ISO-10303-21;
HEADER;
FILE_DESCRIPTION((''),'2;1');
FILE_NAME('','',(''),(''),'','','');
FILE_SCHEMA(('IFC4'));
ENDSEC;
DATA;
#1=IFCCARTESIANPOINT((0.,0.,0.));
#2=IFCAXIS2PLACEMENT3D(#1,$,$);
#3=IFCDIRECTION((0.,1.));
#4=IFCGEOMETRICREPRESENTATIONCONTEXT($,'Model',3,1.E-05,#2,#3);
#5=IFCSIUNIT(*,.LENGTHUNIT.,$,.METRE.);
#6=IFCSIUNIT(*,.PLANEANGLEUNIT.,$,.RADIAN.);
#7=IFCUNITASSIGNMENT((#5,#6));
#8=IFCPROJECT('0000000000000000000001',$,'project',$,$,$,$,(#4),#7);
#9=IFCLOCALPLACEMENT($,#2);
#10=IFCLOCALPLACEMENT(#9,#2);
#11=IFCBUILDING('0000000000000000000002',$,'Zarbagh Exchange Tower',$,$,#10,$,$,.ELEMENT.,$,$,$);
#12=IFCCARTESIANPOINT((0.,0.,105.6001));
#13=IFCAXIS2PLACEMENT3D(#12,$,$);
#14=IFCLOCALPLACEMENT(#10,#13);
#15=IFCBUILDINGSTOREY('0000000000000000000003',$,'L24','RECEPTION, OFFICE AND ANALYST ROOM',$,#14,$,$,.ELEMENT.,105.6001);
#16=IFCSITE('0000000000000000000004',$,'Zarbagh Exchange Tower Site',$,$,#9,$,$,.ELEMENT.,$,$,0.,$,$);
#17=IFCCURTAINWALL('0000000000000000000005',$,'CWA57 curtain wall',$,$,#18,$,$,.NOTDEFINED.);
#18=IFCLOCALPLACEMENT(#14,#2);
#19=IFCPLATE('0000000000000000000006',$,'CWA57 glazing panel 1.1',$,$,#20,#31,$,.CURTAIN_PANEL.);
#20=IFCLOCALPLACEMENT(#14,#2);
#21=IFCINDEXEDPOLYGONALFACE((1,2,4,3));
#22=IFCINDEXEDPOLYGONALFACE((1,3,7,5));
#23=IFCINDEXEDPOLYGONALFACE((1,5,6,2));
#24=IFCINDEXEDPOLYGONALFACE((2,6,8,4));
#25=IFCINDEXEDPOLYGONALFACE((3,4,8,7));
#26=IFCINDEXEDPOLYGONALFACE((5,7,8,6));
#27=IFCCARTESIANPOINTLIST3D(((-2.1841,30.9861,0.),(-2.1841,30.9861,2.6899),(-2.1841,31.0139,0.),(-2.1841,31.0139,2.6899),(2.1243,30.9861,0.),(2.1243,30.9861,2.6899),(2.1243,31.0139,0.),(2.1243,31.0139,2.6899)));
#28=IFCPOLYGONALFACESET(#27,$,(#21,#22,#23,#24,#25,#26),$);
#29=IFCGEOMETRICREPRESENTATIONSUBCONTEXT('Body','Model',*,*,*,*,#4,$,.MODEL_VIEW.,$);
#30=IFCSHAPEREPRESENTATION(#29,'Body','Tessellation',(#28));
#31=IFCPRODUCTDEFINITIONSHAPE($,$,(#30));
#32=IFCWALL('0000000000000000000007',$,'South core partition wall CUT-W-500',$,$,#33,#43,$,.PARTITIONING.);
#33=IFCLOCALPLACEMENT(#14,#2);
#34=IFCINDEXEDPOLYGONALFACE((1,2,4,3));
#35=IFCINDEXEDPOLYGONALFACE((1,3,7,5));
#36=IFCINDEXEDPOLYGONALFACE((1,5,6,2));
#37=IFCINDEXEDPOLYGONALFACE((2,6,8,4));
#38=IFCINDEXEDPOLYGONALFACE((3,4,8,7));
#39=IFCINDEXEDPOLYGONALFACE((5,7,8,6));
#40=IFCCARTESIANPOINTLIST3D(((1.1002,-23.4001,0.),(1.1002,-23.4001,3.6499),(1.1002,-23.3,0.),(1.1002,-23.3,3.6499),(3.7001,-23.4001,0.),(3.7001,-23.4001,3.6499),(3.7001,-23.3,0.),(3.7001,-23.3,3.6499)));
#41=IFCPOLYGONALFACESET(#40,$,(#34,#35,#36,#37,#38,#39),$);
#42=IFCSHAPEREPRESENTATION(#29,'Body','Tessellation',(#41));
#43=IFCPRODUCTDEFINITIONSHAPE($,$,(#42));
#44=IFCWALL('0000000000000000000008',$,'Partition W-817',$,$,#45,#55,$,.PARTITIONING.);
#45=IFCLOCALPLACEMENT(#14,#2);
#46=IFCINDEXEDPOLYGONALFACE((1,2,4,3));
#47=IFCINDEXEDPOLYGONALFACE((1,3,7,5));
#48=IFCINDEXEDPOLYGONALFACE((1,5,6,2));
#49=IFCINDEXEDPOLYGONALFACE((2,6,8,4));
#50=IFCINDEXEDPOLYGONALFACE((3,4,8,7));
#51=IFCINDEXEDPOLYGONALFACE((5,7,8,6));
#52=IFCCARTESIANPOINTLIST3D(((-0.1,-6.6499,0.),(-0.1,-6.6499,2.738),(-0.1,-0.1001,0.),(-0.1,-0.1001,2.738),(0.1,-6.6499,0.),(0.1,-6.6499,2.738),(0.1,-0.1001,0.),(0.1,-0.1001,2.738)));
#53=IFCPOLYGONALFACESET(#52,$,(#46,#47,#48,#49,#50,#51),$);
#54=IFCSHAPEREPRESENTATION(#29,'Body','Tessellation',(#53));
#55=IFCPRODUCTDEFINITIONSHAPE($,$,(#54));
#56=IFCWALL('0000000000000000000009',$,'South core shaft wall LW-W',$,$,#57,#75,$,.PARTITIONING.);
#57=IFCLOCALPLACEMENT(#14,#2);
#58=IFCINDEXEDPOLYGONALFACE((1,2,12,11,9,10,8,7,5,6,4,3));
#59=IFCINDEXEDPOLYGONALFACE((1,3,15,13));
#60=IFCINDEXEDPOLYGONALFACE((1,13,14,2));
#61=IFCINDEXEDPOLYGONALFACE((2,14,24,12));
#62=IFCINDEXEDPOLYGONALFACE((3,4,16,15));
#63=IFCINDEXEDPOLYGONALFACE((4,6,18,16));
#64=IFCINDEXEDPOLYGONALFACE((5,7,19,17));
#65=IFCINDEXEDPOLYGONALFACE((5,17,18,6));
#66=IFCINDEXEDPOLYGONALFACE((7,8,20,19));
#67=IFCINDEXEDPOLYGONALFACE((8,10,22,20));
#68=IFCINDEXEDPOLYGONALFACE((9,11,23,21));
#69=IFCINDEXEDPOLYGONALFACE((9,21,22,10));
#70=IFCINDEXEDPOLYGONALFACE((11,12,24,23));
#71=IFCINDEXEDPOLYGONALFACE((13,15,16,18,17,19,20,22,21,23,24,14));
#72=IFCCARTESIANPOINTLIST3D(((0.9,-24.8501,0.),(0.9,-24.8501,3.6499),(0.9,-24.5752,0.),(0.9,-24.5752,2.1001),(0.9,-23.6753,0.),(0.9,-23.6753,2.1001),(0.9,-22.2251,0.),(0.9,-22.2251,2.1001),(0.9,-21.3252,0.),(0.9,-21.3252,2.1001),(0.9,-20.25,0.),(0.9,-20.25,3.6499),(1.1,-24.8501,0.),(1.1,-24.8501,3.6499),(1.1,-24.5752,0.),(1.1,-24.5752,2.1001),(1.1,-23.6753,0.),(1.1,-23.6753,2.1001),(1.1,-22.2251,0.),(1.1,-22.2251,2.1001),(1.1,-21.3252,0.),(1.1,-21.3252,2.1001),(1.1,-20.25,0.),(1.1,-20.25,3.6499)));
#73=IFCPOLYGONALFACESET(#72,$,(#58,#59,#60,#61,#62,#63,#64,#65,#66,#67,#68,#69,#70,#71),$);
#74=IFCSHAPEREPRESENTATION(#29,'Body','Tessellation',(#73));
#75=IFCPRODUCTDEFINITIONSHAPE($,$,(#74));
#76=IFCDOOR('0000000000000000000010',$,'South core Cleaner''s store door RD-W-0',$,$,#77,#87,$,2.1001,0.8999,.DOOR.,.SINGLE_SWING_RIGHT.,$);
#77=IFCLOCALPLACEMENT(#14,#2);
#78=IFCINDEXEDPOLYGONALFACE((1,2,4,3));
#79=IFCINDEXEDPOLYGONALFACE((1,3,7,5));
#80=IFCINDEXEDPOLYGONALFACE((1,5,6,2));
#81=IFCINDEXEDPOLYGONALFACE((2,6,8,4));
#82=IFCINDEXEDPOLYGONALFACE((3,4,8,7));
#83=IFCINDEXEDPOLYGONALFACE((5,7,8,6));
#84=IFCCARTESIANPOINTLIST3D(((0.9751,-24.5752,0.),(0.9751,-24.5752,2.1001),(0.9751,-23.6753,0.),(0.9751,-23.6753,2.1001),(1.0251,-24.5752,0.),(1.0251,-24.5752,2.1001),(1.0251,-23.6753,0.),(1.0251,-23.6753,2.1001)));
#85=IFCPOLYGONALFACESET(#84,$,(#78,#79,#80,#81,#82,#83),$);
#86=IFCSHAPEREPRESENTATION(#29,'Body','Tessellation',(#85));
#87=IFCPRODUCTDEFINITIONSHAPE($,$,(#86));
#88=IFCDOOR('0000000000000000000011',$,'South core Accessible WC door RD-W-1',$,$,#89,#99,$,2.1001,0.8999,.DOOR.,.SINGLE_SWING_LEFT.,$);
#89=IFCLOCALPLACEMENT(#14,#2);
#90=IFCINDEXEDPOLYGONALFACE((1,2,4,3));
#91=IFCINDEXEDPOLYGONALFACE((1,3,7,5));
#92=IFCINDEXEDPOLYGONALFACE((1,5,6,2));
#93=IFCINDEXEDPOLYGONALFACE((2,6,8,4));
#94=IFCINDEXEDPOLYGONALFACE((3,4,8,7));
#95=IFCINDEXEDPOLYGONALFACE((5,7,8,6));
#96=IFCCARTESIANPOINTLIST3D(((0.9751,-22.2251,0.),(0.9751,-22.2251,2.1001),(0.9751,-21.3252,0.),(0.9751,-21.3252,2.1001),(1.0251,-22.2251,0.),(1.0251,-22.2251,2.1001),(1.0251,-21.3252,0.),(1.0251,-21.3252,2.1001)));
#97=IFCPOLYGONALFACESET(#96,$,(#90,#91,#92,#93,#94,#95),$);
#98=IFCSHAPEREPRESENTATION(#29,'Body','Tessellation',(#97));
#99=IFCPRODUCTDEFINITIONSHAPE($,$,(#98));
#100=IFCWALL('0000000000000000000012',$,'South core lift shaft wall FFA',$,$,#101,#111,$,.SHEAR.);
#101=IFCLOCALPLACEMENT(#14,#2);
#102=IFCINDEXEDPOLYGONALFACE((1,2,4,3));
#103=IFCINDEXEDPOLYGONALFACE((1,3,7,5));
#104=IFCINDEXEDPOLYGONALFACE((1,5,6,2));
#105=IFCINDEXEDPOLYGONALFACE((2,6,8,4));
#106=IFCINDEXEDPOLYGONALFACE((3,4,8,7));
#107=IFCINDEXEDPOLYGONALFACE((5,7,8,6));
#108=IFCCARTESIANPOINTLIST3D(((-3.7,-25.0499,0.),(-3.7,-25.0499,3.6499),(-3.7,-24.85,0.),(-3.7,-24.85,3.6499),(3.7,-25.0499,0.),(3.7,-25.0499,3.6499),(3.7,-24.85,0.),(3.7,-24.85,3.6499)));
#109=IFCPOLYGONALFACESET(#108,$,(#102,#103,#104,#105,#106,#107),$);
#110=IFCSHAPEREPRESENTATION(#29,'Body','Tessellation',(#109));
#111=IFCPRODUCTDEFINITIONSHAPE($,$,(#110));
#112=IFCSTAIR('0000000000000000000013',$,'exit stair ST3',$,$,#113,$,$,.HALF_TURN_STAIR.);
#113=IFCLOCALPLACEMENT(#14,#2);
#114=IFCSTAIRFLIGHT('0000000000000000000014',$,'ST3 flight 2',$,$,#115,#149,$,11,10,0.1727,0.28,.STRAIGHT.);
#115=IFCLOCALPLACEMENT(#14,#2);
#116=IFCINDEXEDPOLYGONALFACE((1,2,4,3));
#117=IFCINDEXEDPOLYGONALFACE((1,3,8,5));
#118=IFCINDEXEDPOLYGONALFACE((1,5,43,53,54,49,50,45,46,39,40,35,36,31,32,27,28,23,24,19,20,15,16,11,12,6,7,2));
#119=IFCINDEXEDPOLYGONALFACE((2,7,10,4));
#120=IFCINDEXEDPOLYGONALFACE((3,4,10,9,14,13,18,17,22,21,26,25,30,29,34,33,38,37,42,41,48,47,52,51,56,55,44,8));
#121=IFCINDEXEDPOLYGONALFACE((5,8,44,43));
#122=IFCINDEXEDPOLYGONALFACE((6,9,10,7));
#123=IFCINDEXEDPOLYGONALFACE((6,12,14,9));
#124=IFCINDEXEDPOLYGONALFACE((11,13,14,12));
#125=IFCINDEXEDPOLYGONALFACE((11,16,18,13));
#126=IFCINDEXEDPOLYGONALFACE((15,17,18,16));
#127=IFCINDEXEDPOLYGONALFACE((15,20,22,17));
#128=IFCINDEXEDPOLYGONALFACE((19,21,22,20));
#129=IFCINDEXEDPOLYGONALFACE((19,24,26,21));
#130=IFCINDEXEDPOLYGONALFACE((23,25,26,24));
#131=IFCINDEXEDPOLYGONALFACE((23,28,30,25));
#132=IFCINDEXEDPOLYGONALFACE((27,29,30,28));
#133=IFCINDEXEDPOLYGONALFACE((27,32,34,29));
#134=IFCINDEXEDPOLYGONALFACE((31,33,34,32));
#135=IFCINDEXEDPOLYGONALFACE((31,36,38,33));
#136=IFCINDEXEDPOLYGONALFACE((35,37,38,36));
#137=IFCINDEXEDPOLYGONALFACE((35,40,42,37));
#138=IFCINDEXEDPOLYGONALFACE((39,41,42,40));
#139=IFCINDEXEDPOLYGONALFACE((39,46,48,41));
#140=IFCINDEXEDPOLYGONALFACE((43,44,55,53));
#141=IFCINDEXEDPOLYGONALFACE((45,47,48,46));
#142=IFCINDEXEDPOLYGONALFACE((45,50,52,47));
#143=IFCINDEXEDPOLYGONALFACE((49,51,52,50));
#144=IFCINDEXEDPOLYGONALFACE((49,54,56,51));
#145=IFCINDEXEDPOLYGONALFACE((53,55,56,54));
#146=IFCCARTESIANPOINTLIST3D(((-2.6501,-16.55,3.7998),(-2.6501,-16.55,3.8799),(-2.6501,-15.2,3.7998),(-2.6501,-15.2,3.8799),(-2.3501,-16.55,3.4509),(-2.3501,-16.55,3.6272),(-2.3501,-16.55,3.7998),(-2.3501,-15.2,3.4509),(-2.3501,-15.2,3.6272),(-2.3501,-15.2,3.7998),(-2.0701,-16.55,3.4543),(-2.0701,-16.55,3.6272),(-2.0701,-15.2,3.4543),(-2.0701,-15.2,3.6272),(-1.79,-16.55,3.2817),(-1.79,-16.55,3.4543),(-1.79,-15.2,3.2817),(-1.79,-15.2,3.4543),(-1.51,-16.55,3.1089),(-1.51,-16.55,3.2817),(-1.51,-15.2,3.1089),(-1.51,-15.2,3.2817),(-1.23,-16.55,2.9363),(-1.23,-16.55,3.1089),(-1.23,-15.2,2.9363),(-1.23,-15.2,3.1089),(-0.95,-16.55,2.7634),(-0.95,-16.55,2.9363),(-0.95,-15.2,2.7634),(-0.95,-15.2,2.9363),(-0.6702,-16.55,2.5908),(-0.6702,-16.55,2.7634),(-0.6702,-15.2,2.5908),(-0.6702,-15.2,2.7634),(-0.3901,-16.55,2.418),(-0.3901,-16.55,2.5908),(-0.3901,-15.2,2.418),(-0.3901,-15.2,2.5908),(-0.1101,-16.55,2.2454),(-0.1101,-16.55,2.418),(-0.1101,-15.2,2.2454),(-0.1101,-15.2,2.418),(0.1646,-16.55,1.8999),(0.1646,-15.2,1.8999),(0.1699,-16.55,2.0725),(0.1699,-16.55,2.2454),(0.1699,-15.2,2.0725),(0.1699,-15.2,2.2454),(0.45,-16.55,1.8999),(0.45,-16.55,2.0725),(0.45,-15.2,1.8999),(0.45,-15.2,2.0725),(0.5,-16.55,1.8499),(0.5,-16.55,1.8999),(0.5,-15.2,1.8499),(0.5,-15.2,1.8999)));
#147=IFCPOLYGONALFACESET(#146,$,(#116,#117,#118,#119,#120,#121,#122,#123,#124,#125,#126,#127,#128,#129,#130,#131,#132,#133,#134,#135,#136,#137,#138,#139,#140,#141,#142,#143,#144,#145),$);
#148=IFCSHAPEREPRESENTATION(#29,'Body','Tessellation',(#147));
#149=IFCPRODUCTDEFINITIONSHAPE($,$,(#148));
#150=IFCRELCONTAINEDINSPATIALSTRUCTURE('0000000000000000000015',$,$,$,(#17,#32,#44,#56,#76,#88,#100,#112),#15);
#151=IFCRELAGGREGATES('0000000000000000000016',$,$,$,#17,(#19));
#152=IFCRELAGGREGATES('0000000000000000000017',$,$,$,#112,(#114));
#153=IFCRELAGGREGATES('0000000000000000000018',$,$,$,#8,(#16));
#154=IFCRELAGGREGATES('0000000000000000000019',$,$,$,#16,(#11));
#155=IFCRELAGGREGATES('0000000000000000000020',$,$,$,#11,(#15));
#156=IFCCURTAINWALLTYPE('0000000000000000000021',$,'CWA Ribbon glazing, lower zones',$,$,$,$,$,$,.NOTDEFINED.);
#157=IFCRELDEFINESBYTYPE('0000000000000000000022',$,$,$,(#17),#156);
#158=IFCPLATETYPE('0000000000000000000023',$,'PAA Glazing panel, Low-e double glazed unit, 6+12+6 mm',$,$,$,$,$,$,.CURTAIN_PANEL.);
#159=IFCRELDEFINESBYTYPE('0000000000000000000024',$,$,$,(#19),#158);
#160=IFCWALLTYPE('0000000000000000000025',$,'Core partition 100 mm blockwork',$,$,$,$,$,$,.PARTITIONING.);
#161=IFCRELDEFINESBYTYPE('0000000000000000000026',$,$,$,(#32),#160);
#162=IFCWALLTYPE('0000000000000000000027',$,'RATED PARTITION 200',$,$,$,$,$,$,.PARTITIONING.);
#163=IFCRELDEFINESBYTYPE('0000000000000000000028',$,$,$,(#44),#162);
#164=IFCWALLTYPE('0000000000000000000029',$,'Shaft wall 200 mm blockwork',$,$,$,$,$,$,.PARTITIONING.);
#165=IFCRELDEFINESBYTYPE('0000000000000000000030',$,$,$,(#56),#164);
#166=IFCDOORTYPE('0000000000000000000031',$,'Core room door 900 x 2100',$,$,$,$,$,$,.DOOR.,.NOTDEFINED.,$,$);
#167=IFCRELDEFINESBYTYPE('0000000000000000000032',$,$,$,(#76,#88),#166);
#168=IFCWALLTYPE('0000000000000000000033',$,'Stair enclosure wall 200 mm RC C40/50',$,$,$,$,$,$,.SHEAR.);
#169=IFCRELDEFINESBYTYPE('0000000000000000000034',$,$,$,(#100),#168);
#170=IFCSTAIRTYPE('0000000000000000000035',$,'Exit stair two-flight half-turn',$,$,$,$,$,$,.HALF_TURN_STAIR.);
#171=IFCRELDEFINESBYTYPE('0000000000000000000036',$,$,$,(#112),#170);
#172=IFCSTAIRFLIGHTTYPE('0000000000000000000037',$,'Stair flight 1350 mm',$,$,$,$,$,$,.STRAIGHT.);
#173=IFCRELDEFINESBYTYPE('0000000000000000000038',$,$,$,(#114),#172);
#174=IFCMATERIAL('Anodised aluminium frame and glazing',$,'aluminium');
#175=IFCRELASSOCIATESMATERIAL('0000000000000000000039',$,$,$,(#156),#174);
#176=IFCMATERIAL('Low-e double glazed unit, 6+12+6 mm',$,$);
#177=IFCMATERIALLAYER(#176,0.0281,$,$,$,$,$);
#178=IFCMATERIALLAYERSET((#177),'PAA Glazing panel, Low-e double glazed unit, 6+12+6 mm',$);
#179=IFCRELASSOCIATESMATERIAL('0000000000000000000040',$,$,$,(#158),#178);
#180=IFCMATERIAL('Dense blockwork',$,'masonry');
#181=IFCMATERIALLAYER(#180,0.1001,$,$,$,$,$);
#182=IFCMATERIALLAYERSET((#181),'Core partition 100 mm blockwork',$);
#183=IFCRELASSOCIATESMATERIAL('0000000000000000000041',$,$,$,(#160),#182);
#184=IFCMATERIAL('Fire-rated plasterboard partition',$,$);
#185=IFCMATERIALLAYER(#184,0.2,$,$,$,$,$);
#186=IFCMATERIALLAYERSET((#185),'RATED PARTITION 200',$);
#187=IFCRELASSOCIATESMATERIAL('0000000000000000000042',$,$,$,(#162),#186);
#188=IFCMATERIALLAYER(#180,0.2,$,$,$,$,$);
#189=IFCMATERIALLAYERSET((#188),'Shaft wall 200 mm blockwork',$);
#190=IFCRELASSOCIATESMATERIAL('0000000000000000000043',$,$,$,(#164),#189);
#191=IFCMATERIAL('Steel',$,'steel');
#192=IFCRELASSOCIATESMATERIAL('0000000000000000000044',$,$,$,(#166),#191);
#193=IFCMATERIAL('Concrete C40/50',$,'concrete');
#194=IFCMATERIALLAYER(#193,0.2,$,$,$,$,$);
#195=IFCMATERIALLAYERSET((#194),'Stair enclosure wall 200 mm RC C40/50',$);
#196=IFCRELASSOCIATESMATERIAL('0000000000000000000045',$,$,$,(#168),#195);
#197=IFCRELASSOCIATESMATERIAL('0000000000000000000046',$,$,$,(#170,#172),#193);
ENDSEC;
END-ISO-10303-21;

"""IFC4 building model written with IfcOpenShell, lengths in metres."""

from ifc_helpers import new_model, si_unit, direction, frame, frame_2d, origin, place, context, subcontext, project, spatial, polyline, rectangle, outline, extrude, source, transform, mapped, material, layer, layer_set, type_object, element, fill, aggregate, save


model = new_model("IFC4")

# Units and contexts
model_context = context("Model", 3, precision=1e-05, world=origin(), true_north=direction((0.0, 1.0)))
body_context = subcontext(model_context, "Body", "Model", "MODEL_VIEW")
ifc_project = project(units=[si_unit("LENGTHUNIT", "METRE"), si_unit("PLANEANGLEUNIT", "RADIAN")], contexts=[model_context])

# Site, building, storey
site_placement = place(None, origin())
site = spatial("IfcSite", under=ifc_project, at=site_placement, Name="Zarbagh Exchange Tower Site", CompositionType="ELEMENT", RefElevation=0.0)
building_placement = place(site_placement, origin())
building = spatial("IfcBuilding", under=site, at=building_placement, Name="Zarbagh Exchange Tower", CompositionType="ELEMENT")
storey_placement = place(building_placement, frame((0.0, 0.0, 105.6001)))
storey = spatial("IfcBuildingStorey", under=building, at=storey_placement, Name="L24", Description="RECEPTION, OFFICE AND ANALYST ROOM", CompositionType="ELEMENT", Elevation=105.6001)

# Curtain wall
ifc_material_1 = material(Name="Anodised aluminium frame and glazing", Category="aluminium")
curtain_wall_type = type_object("IfcCurtainWallType", Name="CWA Ribbon glazing, lower zones", PredefinedType="NOTDEFINED", material=ifc_material_1)
placement = place(storey_placement, origin())
curtain_wall_1_placement = place(storey_placement, origin())
curtain_wall_1 = element("IfcCurtainWall", 1, at=curtain_wall_1_placement, inside=storey, type_object=curtain_wall_type, Name="CWA57 curtain wall", PredefinedType="NOTDEFINED")

# Shared definitions
ifc_material_2 = material(Name="Low-e double glazed unit, 6+12+6 mm")
ifc_layer_1 = layer(ifc_material_2, 0.0281)
ifc_layer_set_1 = layer_set([ifc_layer_1], Name="PAA Glazing panel, Low-e double glazed unit, 6+12+6 mm")
plate_type = type_object("IfcPlateType", Name="PAA Glazing panel, Low-e double glazed unit, 6+12+6 mm", PredefinedType="CURTAIN_PANEL", material=ifc_layer_set_1)

# Plate
shared_shape_1 = source(origin(), body_context, "Body", "SweptSolid", [
    extrude(outline(polyline([(0.0, -0.0139), (4.3083, -0.0139), (4.3083, 0.0139), (0.0, 0.0139), (0.0, -0.0139)])), origin(), (0.0, 0.0, 1.0), 2.6899),
])
plate_1 = element("IfcPlate", 2, at=placement, type_object=plate_type, Name="CWA57 glazing panel 1.1", PredefinedType="CURTAIN_PANEL", context=body_context, shape_type="MappedRepresentation", body=[
    mapped(shared_shape_1, transform((2.1243, 31.0, 0.0), x_axis=(-1.0, 0.0, 0.0), y_axis=(0.0, -1.0, 0.0), z_axis=(0.0, 0.0, 1.0))),
])
aggregate(curtain_wall_1, [plate_1])

# Walls
ifc_material_3 = material(Name="Dense blockwork", Category="masonry")
ifc_layer_2 = layer(ifc_material_3, 0.1001)
ifc_layer_set_2 = layer_set([ifc_layer_2], Name="Core partition 100 mm blockwork")
wall_type_1 = type_object("IfcWallType", Name="Core partition 100 mm blockwork", PredefinedType="PARTITIONING", material=ifc_layer_set_2)
wall_1_placement = place(storey_placement, frame((3.7, -23.3501, 0.0), z_axis=(0.0, 0.0, 1.0), x_axis=(-1.0, 0.0, 0.0)))
element("IfcWall", 3, at=wall_1_placement, inside=storey, type_object=wall_type_1, Name="South core partition wall CUT-W-500", PredefinedType="PARTITIONING", context=body_context, shape_type="SweptSolid", body=[
    extrude(rectangle(XDim=2.5999, YDim=0.1001, at=frame_2d((1.2998, 0.0))), origin(), (0.0, 0.0, 1.0), 3.6499),
])
ifc_material_4 = material(Name="Fire-rated plasterboard partition")
ifc_layer_3 = layer(ifc_material_4, 0.2)
ifc_layer_set_3 = layer_set([ifc_layer_3], Name="RATED PARTITION 200")
wall_type_2 = type_object("IfcWallType", Name="RATED PARTITION 200", PredefinedType="PARTITIONING", material=ifc_layer_set_3)
wall_2_placement = place(storey_placement, frame((0.0, -6.6499, 0.0), z_axis=(0.0, 0.0, 1.0), x_axis=(0.0, 1.0, 0.0)))
element("IfcWall", 4, at=wall_2_placement, inside=storey, type_object=wall_type_2, Name="Partition W-817", PredefinedType="PARTITIONING", context=body_context, shape_type="SweptSolid", body=[
    extrude(rectangle(XDim=6.5498, YDim=0.2, at=frame_2d((3.2749, 0.0))), origin(), (0.0, 0.0, 1.0), 2.738),
])

# Wall, openings, doors
ifc_layer_4 = layer(ifc_material_3, 0.2)
ifc_layer_set_4 = layer_set([ifc_layer_4], Name="Shaft wall 200 mm blockwork")
wall_type_3 = type_object("IfcWallType", Name="Shaft wall 200 mm blockwork", PredefinedType="PARTITIONING", material=ifc_layer_set_4)
wall_3_placement = place(storey_placement, frame((1.0, -24.8501, 0.0), z_axis=(0.0, 0.0, 1.0), x_axis=(0.0, 1.0, 0.0)))
wall_3 = element("IfcWall", 5, at=wall_3_placement, inside=storey, type_object=wall_type_3, Name="South core shaft wall LW-W", PredefinedType="PARTITIONING", context=body_context, shape_type="SweptSolid", body=[
    extrude(rectangle(XDim=4.6001, YDim=0.2, at=frame_2d((2.3, 0.0))), origin(), (0.0, 0.0, 1.0), 3.6499),
])
opening_1_placement = place(wall_3_placement, frame((0.2749, 0.0, 0.0)))
opening_1 = element("IfcOpeningElement", 6, at=opening_1_placement, cuts=wall_3, PredefinedType="OPENING", context=body_context, shape_type="SweptSolid", body=[
    extrude(rectangle(XDim=0.8999, YDim=2.1001, at=frame_2d((0.45, 1.05))), frame((0.0, 0.1099, 0.0), z_axis=(0.0, -1.0, 0.0), x_axis=(1.0, 0.0, 0.0)), (0.0, 0.0, 1.0), 0.22),
])
opening_2_placement = place(wall_3_placement, frame((2.625, 0.0, 0.0)))
opening_2 = element("IfcOpeningElement", 7, at=opening_2_placement, cuts=wall_3, PredefinedType="OPENING", context=body_context, shape_type="SweptSolid", body=[
    extrude(rectangle(XDim=0.8999, YDim=2.1001, at=frame_2d((0.45, 1.05))), frame((0.0, 0.1099, 0.0), z_axis=(0.0, -1.0, 0.0), x_axis=(1.0, 0.0, 0.0)), (0.0, 0.0, 1.0), 0.22),
])
ifc_material_5 = material(Name="Steel", Category="steel")
door_type = type_object("IfcDoorType", Name="Core room door 900 x 2100", OperationType="NOTDEFINED", PredefinedType="DOOR", material=ifc_material_5)
door_1_placement = place(opening_1_placement, origin())
door_1 = element("IfcDoor", 8, at=door_1_placement, inside=storey, type_object=door_type, Name="South core Cleaner's store door RD-W-0", OperationType="SINGLE_SWING_RIGHT", OverallHeight=2.1001, OverallWidth=0.8999, PredefinedType="DOOR", context=body_context, shape_type="SweptSolid", body=[
    extrude(rectangle(XDim=0.8999, YDim=2.1001, at=frame_2d((0.45, 1.05))), frame((0.0, 0.0249, 0.0), z_axis=(0.0, -1.0, 0.0), x_axis=(1.0, 0.0, 0.0)), (0.0, 0.0, 1.0), 0.05),
])
fill(opening_1, door_1)
door_2_placement = place(opening_2_placement, origin())
door_2 = element("IfcDoor", 9, at=door_2_placement, inside=storey, type_object=door_type, Name="South core Accessible WC door RD-W-1", OperationType="SINGLE_SWING_LEFT", OverallHeight=2.1001, OverallWidth=0.8999, PredefinedType="DOOR", context=body_context, shape_type="SweptSolid", body=[
    extrude(rectangle(XDim=0.8999, YDim=2.1001, at=frame_2d((0.45, 1.05))), frame((0.0, 0.0249, 0.0), z_axis=(0.0, -1.0, 0.0), x_axis=(1.0, 0.0, 0.0)), (0.0, 0.0, 1.0), 0.05),
])
fill(opening_2, door_2)

# Wall
ifc_material_6 = material(Name="Concrete C40/50", Category="concrete")
ifc_layer_5 = layer(ifc_material_6, 0.2)
ifc_layer_set_5 = layer_set([ifc_layer_5], Name="Stair enclosure wall 200 mm RC C40/50")
wall_type_4 = type_object("IfcWallType", Name="Stair enclosure wall 200 mm RC C40/50", PredefinedType="SHEAR", material=ifc_layer_set_5)
wall_4_placement = place(storey_placement, frame((3.7, -24.95, 0.0), z_axis=(0.0, 0.0, 1.0), x_axis=(-1.0, 0.0, 0.0)))
element("IfcWall", 10, at=wall_4_placement, inside=storey, type_object=wall_type_4, Name="South core lift shaft wall FFA", PredefinedType="SHEAR", context=body_context, shape_type="SweptSolid", body=[
    extrude(rectangle(XDim=7.3999, YDim=0.2, at=frame_2d((3.7, 0.0))), origin(), (0.0, 0.0, 1.0), 3.6499),
])

# Stair, stair flight
stair_type = type_object("IfcStairType", Name="Exit stair two-flight half-turn", PredefinedType="HALF_TURN_STAIR", material=ifc_material_6)
stair_1_placement = place(storey_placement, origin())
stair_1 = element("IfcStair", 11, at=stair_1_placement, inside=storey, type_object=stair_type, Name="exit stair ST3", PredefinedType="HALF_TURN_STAIR")
stair_flight_type_1 = type_object("IfcStairFlightType", Name="Stair flight 1350 mm", PredefinedType="STRAIGHT", material=ifc_material_6)
stair_flight_1_placement = place(storey_placement, frame((0.45, -15.875, 1.8999), z_axis=(0.0, 0.0, 1.0), x_axis=(-1.0, 0.0, 0.0)))
stair_flight_1 = element("IfcStairFlight", 12, at=stair_flight_1_placement, type_object=stair_flight_type_1, Name="ST3 flight 2", NumberOfRisers=11, NumberOfTreads=10, PredefinedType="STRAIGHT", RiserHeight=0.1727, TreadLength=0.28, context=body_context, shape_type="SweptSolid", body=[
    extrude(outline(polyline([(-0.05, -0.05), (-0.05, 0.0), (0.0, 0.0), (0.0, 0.1726), (0.28, 0.1726), (0.28, 0.3455), (0.5601, 0.3455), (0.5601, 0.5181), (0.8401, 0.5181), (0.8401, 0.6909), (1.1201, 0.6909), (1.1201, 0.8635), (1.3999, 0.8635), (1.3999, 1.0364), (1.6799, 1.0364), (1.6799, 1.209), (1.96, 1.209), (1.96, 1.3818), (2.24, 1.3818), (2.24, 1.5544), (2.52, 1.5544), (2.52, 1.7273), (2.8, 1.7273), (2.8, 1.8999), (3.1001, 1.98), (3.1001, 1.8999), (2.8, 1.551), (0.2854, 0.0), (-0.05, -0.05)])), frame((0.0, 0.675, 0.0), z_axis=(0.0, -1.0, 0.0), x_axis=(1.0, 0.0, 0.0)), (0.0, 0.0, 1.0), 1.3501),
])
aggregate(stair_1, [stair_flight_1])

save(model, "model.ifc")
